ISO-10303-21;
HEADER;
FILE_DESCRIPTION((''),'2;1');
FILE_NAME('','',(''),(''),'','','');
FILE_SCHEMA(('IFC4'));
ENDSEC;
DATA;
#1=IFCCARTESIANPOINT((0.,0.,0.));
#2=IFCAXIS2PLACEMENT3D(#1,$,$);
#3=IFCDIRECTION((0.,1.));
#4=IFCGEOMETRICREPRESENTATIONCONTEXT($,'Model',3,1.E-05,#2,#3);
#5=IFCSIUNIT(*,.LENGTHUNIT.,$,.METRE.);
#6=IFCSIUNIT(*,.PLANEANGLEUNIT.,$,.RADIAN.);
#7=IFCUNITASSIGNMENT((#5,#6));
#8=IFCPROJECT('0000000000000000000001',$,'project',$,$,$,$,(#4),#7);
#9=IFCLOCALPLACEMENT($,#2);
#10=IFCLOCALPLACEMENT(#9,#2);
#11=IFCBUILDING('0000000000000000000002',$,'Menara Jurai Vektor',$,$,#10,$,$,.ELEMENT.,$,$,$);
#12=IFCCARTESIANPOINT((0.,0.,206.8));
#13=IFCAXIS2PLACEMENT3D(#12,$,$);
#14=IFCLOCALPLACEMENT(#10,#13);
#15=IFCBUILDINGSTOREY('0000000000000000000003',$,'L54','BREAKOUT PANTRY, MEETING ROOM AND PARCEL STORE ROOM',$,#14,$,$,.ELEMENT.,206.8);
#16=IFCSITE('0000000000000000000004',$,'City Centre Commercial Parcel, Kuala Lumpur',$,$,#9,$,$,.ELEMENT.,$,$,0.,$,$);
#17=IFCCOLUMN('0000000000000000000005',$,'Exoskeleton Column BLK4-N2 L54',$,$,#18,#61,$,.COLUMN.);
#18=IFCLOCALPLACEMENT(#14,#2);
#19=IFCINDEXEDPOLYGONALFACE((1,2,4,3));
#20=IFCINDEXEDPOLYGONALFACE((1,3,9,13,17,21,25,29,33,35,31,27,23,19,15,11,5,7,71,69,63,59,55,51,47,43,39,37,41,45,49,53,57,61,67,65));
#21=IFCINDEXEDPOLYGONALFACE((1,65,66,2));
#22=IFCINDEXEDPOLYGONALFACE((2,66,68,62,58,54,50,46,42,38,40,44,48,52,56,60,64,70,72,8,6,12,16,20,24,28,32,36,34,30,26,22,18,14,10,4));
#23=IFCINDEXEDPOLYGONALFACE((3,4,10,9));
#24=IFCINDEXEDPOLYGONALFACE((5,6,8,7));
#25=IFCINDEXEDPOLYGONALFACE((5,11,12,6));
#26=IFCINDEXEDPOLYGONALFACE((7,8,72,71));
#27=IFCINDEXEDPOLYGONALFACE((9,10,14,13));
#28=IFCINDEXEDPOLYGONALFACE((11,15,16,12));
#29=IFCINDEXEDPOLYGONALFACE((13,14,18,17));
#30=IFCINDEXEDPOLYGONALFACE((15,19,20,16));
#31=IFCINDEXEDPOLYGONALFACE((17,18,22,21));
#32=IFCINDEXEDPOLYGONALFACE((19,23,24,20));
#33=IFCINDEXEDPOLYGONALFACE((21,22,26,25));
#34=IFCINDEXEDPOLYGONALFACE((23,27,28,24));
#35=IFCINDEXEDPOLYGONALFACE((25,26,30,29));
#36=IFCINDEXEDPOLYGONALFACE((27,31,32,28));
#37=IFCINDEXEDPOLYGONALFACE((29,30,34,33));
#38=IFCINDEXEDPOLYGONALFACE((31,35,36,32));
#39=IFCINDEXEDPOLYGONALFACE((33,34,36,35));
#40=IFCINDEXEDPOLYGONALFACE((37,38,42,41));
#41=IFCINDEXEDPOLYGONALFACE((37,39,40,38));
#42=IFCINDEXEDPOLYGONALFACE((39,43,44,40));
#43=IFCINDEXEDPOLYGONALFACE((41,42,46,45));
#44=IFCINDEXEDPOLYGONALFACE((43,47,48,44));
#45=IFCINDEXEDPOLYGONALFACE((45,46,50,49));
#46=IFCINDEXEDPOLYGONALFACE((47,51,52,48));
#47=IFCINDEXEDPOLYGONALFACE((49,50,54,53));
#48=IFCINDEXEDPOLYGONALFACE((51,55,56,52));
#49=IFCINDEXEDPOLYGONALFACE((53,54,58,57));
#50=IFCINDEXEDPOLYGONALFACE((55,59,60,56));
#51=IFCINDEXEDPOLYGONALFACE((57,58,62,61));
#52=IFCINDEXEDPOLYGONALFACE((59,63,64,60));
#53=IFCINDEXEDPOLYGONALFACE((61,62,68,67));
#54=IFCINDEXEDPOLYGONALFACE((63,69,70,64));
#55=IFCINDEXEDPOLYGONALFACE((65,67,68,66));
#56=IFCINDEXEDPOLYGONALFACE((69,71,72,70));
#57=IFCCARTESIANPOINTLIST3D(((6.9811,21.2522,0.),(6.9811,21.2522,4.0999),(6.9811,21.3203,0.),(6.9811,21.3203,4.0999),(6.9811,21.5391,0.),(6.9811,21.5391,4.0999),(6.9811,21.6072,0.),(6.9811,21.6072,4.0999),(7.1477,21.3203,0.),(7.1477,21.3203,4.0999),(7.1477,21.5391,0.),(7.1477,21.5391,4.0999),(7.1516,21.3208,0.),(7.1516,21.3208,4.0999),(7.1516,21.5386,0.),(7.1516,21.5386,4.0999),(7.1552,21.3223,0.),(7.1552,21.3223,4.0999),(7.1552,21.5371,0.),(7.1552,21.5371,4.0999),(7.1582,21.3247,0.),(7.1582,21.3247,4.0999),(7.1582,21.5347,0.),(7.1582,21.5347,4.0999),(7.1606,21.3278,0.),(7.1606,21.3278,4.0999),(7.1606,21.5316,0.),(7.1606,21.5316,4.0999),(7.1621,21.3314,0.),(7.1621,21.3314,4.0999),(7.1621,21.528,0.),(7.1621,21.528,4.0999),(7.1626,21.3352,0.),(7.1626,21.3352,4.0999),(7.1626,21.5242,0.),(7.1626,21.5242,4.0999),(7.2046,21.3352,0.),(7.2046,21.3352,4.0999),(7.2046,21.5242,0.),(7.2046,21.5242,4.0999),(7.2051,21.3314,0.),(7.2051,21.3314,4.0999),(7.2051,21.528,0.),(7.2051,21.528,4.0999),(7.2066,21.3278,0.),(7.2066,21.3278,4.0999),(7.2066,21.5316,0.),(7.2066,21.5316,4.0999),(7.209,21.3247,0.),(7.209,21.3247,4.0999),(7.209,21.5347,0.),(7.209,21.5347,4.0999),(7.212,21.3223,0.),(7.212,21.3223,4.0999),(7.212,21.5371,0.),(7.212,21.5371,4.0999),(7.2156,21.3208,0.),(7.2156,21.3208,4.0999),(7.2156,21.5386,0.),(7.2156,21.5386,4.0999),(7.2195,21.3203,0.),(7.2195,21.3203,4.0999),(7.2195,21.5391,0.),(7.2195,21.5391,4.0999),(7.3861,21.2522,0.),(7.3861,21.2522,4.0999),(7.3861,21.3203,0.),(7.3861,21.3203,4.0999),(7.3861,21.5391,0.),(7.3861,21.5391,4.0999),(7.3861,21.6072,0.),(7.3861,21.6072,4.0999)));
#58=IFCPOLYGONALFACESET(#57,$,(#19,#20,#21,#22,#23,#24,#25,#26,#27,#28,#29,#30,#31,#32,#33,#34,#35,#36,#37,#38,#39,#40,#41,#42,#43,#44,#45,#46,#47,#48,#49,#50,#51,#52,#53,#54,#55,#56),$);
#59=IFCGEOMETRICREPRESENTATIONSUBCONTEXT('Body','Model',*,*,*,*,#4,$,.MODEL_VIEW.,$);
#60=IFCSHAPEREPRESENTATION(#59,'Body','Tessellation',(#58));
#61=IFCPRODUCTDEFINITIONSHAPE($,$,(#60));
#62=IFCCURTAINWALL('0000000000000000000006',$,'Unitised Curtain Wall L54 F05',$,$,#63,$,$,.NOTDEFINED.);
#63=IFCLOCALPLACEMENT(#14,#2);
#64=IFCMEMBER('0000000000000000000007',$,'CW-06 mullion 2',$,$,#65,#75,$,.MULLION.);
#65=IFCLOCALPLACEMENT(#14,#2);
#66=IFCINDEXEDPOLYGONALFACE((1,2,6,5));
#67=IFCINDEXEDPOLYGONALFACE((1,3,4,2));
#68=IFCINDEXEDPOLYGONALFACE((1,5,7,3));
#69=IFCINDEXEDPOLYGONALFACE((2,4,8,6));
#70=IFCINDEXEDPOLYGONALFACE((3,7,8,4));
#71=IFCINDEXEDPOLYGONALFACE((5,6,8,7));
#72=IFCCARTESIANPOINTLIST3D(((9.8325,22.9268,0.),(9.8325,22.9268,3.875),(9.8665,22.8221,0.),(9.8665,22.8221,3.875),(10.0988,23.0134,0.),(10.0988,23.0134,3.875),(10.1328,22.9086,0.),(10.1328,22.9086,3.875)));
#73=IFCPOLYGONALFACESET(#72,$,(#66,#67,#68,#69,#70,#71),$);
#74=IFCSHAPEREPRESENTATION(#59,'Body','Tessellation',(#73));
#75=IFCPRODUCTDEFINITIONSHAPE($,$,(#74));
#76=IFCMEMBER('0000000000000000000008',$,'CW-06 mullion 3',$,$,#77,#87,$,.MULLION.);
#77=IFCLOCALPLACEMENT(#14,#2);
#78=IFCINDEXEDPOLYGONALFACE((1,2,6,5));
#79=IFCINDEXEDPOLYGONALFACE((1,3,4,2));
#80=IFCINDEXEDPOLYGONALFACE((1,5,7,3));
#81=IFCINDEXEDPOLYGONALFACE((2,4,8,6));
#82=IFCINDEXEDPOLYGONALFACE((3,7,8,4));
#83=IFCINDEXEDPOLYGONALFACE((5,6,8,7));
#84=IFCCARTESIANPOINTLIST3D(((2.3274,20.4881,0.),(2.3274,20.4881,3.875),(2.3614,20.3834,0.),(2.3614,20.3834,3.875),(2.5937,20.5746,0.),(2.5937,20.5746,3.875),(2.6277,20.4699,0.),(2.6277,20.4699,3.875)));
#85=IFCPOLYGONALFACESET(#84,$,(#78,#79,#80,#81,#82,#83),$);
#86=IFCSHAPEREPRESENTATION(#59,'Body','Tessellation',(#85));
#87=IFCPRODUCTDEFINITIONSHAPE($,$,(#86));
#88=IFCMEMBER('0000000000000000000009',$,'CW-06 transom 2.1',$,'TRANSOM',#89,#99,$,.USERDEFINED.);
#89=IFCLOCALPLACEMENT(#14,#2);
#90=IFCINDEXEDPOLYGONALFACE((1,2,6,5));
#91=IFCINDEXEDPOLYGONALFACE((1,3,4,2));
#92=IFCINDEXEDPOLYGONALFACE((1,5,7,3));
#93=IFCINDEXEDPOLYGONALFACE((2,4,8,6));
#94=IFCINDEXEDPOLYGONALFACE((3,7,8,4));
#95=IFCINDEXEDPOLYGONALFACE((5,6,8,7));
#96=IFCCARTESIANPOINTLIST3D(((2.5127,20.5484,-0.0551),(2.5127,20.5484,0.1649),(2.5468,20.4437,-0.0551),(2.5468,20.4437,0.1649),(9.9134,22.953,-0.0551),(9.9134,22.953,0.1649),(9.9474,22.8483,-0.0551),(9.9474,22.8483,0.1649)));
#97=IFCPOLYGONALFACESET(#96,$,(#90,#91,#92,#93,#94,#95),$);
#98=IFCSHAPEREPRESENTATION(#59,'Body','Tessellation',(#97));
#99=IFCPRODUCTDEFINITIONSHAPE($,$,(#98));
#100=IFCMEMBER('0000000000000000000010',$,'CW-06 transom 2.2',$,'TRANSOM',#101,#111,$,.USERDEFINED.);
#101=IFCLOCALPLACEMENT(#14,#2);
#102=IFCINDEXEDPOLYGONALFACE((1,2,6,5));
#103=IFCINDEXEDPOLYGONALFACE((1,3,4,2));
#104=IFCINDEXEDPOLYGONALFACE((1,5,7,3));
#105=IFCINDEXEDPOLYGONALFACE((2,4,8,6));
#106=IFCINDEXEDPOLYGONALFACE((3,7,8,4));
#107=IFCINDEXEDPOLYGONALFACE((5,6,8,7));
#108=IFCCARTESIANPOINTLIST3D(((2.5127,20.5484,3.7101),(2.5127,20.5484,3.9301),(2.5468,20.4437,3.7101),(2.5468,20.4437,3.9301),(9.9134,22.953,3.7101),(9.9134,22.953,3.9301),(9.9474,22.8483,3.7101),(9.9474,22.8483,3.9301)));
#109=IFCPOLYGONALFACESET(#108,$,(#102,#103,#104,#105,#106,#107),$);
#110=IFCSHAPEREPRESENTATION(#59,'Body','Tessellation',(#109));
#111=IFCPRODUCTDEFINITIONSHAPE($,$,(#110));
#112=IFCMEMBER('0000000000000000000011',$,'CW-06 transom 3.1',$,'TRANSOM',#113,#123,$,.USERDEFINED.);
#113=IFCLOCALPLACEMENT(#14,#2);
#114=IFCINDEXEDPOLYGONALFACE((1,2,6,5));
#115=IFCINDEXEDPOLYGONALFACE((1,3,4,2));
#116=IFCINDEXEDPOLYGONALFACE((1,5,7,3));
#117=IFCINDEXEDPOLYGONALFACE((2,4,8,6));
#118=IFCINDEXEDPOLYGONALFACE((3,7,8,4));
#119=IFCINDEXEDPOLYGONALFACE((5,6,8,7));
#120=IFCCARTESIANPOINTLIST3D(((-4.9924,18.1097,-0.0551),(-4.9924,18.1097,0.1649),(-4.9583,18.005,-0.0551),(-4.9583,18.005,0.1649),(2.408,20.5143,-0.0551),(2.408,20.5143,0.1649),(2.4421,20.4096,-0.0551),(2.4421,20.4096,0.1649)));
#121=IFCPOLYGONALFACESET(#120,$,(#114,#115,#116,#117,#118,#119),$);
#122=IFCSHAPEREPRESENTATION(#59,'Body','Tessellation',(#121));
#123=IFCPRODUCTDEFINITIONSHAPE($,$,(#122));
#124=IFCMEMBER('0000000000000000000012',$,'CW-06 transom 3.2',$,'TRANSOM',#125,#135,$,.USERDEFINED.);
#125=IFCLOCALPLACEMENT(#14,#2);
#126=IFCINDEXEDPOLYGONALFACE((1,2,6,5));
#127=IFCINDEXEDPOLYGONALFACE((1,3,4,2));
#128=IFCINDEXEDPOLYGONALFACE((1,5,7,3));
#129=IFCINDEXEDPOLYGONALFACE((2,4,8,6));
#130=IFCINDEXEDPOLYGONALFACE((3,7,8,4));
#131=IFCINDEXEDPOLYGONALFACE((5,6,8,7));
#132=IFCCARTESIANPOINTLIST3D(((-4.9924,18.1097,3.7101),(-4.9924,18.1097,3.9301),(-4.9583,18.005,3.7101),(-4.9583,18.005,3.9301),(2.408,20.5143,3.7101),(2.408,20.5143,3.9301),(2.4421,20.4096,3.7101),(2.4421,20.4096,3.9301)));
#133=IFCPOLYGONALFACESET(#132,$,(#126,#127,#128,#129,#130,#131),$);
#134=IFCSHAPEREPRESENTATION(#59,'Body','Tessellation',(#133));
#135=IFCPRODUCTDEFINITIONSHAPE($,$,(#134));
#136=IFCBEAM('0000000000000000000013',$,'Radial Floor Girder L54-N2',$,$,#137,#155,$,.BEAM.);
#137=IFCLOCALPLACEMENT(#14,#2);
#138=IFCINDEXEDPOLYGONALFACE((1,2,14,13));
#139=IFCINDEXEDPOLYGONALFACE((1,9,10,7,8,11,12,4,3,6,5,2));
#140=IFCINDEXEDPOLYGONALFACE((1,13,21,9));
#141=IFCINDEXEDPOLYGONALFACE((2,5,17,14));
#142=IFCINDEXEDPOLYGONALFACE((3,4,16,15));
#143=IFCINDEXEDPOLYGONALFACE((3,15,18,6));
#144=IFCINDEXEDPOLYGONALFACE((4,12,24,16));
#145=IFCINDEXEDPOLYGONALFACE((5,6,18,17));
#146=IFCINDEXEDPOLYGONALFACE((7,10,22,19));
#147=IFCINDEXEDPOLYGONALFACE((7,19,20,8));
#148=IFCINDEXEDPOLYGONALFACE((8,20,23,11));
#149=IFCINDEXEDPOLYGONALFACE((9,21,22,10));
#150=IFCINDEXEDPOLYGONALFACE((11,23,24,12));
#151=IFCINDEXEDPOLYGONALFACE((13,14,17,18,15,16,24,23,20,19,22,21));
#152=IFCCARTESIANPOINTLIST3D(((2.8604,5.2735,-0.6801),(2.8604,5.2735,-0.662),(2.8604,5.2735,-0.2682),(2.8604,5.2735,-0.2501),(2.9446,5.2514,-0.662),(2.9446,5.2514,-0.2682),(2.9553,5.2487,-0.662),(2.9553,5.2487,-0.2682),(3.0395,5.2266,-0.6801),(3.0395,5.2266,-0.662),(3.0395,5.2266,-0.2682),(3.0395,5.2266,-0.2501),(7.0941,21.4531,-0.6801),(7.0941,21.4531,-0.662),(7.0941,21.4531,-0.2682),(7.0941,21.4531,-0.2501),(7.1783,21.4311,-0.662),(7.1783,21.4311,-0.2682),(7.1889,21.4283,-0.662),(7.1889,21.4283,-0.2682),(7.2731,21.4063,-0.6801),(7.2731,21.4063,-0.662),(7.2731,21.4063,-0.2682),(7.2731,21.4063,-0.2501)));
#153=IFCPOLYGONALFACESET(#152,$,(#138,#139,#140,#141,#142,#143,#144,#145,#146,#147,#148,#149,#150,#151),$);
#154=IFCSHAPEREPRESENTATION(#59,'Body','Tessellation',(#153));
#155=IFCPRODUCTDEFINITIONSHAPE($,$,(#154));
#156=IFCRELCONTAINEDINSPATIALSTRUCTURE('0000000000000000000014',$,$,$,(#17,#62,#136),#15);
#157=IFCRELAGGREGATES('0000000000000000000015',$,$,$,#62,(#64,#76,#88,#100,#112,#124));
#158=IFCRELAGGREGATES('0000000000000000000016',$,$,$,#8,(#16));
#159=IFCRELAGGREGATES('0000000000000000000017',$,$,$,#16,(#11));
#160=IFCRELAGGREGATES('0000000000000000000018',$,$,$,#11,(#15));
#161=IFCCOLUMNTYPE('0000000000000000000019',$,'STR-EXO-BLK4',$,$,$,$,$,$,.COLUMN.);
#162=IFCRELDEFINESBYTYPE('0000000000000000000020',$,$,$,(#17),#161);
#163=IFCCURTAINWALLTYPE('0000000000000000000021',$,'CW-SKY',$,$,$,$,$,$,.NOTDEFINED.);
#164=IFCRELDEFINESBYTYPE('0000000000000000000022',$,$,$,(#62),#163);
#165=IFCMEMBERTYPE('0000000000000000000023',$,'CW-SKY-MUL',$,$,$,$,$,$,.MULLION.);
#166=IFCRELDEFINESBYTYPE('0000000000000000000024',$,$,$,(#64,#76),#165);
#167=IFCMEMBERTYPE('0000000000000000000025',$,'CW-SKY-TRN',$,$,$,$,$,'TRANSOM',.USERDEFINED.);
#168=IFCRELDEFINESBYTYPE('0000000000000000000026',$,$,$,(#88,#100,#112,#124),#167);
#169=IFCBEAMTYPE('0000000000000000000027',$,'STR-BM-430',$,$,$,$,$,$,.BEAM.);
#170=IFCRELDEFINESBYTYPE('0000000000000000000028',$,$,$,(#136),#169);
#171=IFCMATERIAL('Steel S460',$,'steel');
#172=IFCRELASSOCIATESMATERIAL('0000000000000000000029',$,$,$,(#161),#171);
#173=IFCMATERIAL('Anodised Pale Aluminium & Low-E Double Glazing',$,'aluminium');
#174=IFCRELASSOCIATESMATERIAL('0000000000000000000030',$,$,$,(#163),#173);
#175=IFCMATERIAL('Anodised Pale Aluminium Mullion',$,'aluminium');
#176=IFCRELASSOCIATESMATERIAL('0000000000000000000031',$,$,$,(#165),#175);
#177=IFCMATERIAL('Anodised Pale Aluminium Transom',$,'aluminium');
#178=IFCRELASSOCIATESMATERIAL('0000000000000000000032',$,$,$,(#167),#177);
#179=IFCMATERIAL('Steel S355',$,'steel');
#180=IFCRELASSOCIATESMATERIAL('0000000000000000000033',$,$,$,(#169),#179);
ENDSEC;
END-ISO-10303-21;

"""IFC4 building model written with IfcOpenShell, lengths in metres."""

from ifc_helpers import new_model, si_unit, direction, frame, origin, origin_2d, place, context, subcontext, project, spatial, rectangle, i_section, extrude, material, material_profile, profile_set, type_object, element, aggregate, save


model = new_model("IFC4")

# Units and contexts
model_context = context("Model", 3, precision=1e-05, world=origin(), true_north=direction((0.0, 1.0)))
body_context = subcontext(model_context, "Body", "Model", "MODEL_VIEW")
ifc_project = project(units=[si_unit("LENGTHUNIT", "METRE"), si_unit("PLANEANGLEUNIT", "RADIAN")], contexts=[model_context])

# Site, building, storey
site_placement = place(None, origin())
site = spatial("IfcSite", under=ifc_project, at=site_placement, Name="City Centre Commercial Parcel, Kuala Lumpur", CompositionType="ELEMENT", RefElevation=0.0)
building_placement = place(site_placement, origin())
building = spatial("IfcBuilding", under=site, at=building_placement, Name="Menara Jurai Vektor", CompositionType="ELEMENT")
storey_placement = place(building_placement, frame((0.0, 0.0, 206.8)))
storey = spatial("IfcBuildingStorey", under=building, at=storey_placement, Name="L54", Description="BREAKOUT PANTRY, MEETING ROOM AND PARCEL STORE ROOM", CompositionType="ELEMENT", Elevation=206.8)

# Column
ifc_material_1 = material(Name="Steel S460", Category="steel")
ifc_material_profile_1 = material_profile(ifc_material_1, i_section(OverallWidth=0.405, OverallDepth=0.355, WebThickness=0.042, FlangeThickness=0.0681, FilletRadius=0.0149, at=origin_2d()), Name="HD 400x551")
ifc_profile_set_1 = profile_set([ifc_material_profile_1], Name="Steel S460")
column_type = type_object("IfcColumnType", Name="STR-EXO-BLK4", PredefinedType="COLUMN", material=ifc_profile_set_1)
column_placement = place(storey_placement, frame((7.1836, 21.4297, 0.0), z_axis=(0.0, 0.0, 1.0), x_axis=(1.0, 0.0, 0.0)))
element("IfcColumn", 1, at=column_placement, inside=storey, type_object=column_type, Name="Exoskeleton Column BLK4-N2 L54", PredefinedType="COLUMN", context=body_context, shape_type="SweptSolid", body=[
    extrude(i_section(OverallWidth=0.405, OverallDepth=0.355, WebThickness=0.042, FlangeThickness=0.0681, FilletRadius=0.0149, at=origin_2d()), origin(), (0.0, 0.0, 1.0), 4.0999),
])

# Curtain wall, members
ifc_material_2 = material(Name="Anodised Pale Aluminium & Low-E Double Glazing", Category="aluminium")
curtain_wall_type = type_object("IfcCurtainWallType", Name="CW-SKY", PredefinedType="NOTDEFINED", material=ifc_material_2)
curtain_wall_placement = place(storey_placement, origin())
curtain_wall = element("IfcCurtainWall", 2, at=curtain_wall_placement, inside=storey, type_object=curtain_wall_type, Name="Unitised Curtain Wall L54 F05", PredefinedType="NOTDEFINED")
ifc_material_3 = material(Name="Anodised Pale Aluminium Mullion", Category="aluminium")
ifc_material_profile_2 = material_profile(ifc_material_3, rectangle(XDim=0.1101, YDim=0.28, at=origin_2d()), Name="ALU MUL 110x280")
ifc_profile_set_2 = profile_set([ifc_material_profile_2], Name="Anodised Pale Aluminium Mullion")
member_type_1 = type_object("IfcMemberType", Name="CW-SKY-MUL", PredefinedType="MULLION", material=ifc_profile_set_2)
member_1_placement = place(storey_placement, frame((9.9827, 22.9177, 0.0), z_axis=(0.0, 0.0, 1.0), x_axis=(0.309017, -0.951056, 0.0)))
member_1 = element("IfcMember", 3, at=member_1_placement, type_object=member_type_1, Name="CW-06 mullion 2", PredefinedType="MULLION", context=body_context, shape_type="SweptSolid", body=[
    extrude(rectangle(XDim=0.1101, YDim=0.28, at=origin_2d()), origin(), (0.0, 0.0, 1.0), 3.875),
])
member_2_placement = place(storey_placement, frame((2.4775, 20.479, 0.0), z_axis=(0.0, 0.0, 1.0), x_axis=(0.309017, -0.951056, 0.0)))
member_2 = element("IfcMember", 4, at=member_2_placement, type_object=member_type_1, Name="CW-06 mullion 3", PredefinedType="MULLION", context=body_context, shape_type="SweptSolid", body=[
    extrude(rectangle(XDim=0.1101, YDim=0.28, at=origin_2d()), origin(), (0.0, 0.0, 1.0), 3.875),
])
ifc_material_4 = material(Name="Anodised Pale Aluminium Transom", Category="aluminium")
ifc_material_profile_3 = material_profile(ifc_material_4, rectangle(XDim=0.1101, YDim=0.22, at=origin_2d()), Name="ALU TRN 110x220")
ifc_profile_set_3 = profile_set([ifc_material_profile_3], Name="Anodised Pale Aluminium Transom")
member_type_2 = type_object("IfcMemberType", Name="CW-SKY-TRN", ElementType="TRANSOM", PredefinedType="USERDEFINED", material=ifc_profile_set_3)
member_3_placement = place(storey_placement, frame((9.9304, 22.9006, 0.0549), z_axis=(-0.951059, -0.309009, 0.0), x_axis=(0.309009, -0.951059, 0.0)))
member_3 = element("IfcMember", 5, at=member_3_placement, type_object=member_type_2, Name="CW-06 transom 2.1", ObjectType="TRANSOM", PredefinedType="USERDEFINED", context=body_context, shape_type="SweptSolid", body=[
    extrude(rectangle(XDim=0.1101, YDim=0.22, at=origin_2d()), origin(), (0.0, 0.0, 1.0), 7.7815),
])
member_4_placement = place(storey_placement, frame((9.9304, 22.9006, 3.8201), z_axis=(-0.951059, -0.309009, 0.0), x_axis=(0.309009, -0.951059, 0.0)))
member_4 = element("IfcMember", 6, at=member_4_placement, type_object=member_type_2, Name="CW-06 transom 2.2", ObjectType="TRANSOM", PredefinedType="USERDEFINED", context=body_context, shape_type="SweptSolid", body=[
    extrude(rectangle(XDim=0.1101, YDim=0.22, at=origin_2d()), origin(), (0.0, 0.0, 1.0), 7.7815),
])
member_5_placement = place(storey_placement, frame((2.425, 20.4619, 0.0549), z_axis=(-0.951056, -0.309018, 0.0), x_axis=(0.309018, -0.951056, 0.0)))
member_5 = element("IfcMember", 7, at=member_5_placement, type_object=member_type_2, Name="CW-06 transom 3.1", ObjectType="TRANSOM", PredefinedType="USERDEFINED", context=body_context, shape_type="SweptSolid", body=[
    extrude(rectangle(XDim=0.1101, YDim=0.22, at=origin_2d()), origin(), (0.0, 0.0, 1.0), 7.7812),
])
member_6_placement = place(storey_placement, frame((2.425, 20.4619, 3.8201), z_axis=(-0.951056, -0.309018, 0.0), x_axis=(0.309018, -0.951056, 0.0)))
member_6 = element("IfcMember", 8, at=member_6_placement, type_object=member_type_2, Name="CW-06 transom 3.2", ObjectType="TRANSOM", PredefinedType="USERDEFINED", context=body_context, shape_type="SweptSolid", body=[
    extrude(rectangle(XDim=0.1101, YDim=0.22, at=origin_2d()), origin(), (0.0, 0.0, 1.0), 7.7812),
])

# Beam
ifc_material_5 = material(Name="Steel S355", Category="steel")
ifc_material_profile_4 = material_profile(ifc_material_5, i_section(OverallWidth=0.1851, OverallDepth=0.4299, WebThickness=0.011, FlangeThickness=0.0181, at=origin_2d()), Name="PG 430x185x76")
ifc_profile_set_4 = profile_set([ifc_material_profile_4], Name="Steel S355")
beam_type_1 = type_object("IfcBeamType", Name="STR-BM-430", PredefinedType="BEAM", material=ifc_profile_set_4)
beam_1_placement = place(storey_placement, frame((7.1836, 21.4297, -0.4651), z_axis=(-0.253141, -0.967429, 0.0), x_axis=(0.967429, -0.253141, 0.0)))
element("IfcBeam", 9, at=beam_1_placement, inside=storey, type_object=beam_type_1, Name="Radial Floor Girder L54-N2", PredefinedType="BEAM", context=body_context, shape_type="SweptSolid", body=[
    extrude(i_section(OverallWidth=0.1851, OverallDepth=0.4299, WebThickness=0.011, FlangeThickness=0.0181, at=origin_2d()), origin(), (0.0, 0.0, 1.0), 16.7244),
])

aggregate(curtain_wall, [member_1, member_2, member_3, member_4, member_5, member_6])

save(model, "model.ifc")
